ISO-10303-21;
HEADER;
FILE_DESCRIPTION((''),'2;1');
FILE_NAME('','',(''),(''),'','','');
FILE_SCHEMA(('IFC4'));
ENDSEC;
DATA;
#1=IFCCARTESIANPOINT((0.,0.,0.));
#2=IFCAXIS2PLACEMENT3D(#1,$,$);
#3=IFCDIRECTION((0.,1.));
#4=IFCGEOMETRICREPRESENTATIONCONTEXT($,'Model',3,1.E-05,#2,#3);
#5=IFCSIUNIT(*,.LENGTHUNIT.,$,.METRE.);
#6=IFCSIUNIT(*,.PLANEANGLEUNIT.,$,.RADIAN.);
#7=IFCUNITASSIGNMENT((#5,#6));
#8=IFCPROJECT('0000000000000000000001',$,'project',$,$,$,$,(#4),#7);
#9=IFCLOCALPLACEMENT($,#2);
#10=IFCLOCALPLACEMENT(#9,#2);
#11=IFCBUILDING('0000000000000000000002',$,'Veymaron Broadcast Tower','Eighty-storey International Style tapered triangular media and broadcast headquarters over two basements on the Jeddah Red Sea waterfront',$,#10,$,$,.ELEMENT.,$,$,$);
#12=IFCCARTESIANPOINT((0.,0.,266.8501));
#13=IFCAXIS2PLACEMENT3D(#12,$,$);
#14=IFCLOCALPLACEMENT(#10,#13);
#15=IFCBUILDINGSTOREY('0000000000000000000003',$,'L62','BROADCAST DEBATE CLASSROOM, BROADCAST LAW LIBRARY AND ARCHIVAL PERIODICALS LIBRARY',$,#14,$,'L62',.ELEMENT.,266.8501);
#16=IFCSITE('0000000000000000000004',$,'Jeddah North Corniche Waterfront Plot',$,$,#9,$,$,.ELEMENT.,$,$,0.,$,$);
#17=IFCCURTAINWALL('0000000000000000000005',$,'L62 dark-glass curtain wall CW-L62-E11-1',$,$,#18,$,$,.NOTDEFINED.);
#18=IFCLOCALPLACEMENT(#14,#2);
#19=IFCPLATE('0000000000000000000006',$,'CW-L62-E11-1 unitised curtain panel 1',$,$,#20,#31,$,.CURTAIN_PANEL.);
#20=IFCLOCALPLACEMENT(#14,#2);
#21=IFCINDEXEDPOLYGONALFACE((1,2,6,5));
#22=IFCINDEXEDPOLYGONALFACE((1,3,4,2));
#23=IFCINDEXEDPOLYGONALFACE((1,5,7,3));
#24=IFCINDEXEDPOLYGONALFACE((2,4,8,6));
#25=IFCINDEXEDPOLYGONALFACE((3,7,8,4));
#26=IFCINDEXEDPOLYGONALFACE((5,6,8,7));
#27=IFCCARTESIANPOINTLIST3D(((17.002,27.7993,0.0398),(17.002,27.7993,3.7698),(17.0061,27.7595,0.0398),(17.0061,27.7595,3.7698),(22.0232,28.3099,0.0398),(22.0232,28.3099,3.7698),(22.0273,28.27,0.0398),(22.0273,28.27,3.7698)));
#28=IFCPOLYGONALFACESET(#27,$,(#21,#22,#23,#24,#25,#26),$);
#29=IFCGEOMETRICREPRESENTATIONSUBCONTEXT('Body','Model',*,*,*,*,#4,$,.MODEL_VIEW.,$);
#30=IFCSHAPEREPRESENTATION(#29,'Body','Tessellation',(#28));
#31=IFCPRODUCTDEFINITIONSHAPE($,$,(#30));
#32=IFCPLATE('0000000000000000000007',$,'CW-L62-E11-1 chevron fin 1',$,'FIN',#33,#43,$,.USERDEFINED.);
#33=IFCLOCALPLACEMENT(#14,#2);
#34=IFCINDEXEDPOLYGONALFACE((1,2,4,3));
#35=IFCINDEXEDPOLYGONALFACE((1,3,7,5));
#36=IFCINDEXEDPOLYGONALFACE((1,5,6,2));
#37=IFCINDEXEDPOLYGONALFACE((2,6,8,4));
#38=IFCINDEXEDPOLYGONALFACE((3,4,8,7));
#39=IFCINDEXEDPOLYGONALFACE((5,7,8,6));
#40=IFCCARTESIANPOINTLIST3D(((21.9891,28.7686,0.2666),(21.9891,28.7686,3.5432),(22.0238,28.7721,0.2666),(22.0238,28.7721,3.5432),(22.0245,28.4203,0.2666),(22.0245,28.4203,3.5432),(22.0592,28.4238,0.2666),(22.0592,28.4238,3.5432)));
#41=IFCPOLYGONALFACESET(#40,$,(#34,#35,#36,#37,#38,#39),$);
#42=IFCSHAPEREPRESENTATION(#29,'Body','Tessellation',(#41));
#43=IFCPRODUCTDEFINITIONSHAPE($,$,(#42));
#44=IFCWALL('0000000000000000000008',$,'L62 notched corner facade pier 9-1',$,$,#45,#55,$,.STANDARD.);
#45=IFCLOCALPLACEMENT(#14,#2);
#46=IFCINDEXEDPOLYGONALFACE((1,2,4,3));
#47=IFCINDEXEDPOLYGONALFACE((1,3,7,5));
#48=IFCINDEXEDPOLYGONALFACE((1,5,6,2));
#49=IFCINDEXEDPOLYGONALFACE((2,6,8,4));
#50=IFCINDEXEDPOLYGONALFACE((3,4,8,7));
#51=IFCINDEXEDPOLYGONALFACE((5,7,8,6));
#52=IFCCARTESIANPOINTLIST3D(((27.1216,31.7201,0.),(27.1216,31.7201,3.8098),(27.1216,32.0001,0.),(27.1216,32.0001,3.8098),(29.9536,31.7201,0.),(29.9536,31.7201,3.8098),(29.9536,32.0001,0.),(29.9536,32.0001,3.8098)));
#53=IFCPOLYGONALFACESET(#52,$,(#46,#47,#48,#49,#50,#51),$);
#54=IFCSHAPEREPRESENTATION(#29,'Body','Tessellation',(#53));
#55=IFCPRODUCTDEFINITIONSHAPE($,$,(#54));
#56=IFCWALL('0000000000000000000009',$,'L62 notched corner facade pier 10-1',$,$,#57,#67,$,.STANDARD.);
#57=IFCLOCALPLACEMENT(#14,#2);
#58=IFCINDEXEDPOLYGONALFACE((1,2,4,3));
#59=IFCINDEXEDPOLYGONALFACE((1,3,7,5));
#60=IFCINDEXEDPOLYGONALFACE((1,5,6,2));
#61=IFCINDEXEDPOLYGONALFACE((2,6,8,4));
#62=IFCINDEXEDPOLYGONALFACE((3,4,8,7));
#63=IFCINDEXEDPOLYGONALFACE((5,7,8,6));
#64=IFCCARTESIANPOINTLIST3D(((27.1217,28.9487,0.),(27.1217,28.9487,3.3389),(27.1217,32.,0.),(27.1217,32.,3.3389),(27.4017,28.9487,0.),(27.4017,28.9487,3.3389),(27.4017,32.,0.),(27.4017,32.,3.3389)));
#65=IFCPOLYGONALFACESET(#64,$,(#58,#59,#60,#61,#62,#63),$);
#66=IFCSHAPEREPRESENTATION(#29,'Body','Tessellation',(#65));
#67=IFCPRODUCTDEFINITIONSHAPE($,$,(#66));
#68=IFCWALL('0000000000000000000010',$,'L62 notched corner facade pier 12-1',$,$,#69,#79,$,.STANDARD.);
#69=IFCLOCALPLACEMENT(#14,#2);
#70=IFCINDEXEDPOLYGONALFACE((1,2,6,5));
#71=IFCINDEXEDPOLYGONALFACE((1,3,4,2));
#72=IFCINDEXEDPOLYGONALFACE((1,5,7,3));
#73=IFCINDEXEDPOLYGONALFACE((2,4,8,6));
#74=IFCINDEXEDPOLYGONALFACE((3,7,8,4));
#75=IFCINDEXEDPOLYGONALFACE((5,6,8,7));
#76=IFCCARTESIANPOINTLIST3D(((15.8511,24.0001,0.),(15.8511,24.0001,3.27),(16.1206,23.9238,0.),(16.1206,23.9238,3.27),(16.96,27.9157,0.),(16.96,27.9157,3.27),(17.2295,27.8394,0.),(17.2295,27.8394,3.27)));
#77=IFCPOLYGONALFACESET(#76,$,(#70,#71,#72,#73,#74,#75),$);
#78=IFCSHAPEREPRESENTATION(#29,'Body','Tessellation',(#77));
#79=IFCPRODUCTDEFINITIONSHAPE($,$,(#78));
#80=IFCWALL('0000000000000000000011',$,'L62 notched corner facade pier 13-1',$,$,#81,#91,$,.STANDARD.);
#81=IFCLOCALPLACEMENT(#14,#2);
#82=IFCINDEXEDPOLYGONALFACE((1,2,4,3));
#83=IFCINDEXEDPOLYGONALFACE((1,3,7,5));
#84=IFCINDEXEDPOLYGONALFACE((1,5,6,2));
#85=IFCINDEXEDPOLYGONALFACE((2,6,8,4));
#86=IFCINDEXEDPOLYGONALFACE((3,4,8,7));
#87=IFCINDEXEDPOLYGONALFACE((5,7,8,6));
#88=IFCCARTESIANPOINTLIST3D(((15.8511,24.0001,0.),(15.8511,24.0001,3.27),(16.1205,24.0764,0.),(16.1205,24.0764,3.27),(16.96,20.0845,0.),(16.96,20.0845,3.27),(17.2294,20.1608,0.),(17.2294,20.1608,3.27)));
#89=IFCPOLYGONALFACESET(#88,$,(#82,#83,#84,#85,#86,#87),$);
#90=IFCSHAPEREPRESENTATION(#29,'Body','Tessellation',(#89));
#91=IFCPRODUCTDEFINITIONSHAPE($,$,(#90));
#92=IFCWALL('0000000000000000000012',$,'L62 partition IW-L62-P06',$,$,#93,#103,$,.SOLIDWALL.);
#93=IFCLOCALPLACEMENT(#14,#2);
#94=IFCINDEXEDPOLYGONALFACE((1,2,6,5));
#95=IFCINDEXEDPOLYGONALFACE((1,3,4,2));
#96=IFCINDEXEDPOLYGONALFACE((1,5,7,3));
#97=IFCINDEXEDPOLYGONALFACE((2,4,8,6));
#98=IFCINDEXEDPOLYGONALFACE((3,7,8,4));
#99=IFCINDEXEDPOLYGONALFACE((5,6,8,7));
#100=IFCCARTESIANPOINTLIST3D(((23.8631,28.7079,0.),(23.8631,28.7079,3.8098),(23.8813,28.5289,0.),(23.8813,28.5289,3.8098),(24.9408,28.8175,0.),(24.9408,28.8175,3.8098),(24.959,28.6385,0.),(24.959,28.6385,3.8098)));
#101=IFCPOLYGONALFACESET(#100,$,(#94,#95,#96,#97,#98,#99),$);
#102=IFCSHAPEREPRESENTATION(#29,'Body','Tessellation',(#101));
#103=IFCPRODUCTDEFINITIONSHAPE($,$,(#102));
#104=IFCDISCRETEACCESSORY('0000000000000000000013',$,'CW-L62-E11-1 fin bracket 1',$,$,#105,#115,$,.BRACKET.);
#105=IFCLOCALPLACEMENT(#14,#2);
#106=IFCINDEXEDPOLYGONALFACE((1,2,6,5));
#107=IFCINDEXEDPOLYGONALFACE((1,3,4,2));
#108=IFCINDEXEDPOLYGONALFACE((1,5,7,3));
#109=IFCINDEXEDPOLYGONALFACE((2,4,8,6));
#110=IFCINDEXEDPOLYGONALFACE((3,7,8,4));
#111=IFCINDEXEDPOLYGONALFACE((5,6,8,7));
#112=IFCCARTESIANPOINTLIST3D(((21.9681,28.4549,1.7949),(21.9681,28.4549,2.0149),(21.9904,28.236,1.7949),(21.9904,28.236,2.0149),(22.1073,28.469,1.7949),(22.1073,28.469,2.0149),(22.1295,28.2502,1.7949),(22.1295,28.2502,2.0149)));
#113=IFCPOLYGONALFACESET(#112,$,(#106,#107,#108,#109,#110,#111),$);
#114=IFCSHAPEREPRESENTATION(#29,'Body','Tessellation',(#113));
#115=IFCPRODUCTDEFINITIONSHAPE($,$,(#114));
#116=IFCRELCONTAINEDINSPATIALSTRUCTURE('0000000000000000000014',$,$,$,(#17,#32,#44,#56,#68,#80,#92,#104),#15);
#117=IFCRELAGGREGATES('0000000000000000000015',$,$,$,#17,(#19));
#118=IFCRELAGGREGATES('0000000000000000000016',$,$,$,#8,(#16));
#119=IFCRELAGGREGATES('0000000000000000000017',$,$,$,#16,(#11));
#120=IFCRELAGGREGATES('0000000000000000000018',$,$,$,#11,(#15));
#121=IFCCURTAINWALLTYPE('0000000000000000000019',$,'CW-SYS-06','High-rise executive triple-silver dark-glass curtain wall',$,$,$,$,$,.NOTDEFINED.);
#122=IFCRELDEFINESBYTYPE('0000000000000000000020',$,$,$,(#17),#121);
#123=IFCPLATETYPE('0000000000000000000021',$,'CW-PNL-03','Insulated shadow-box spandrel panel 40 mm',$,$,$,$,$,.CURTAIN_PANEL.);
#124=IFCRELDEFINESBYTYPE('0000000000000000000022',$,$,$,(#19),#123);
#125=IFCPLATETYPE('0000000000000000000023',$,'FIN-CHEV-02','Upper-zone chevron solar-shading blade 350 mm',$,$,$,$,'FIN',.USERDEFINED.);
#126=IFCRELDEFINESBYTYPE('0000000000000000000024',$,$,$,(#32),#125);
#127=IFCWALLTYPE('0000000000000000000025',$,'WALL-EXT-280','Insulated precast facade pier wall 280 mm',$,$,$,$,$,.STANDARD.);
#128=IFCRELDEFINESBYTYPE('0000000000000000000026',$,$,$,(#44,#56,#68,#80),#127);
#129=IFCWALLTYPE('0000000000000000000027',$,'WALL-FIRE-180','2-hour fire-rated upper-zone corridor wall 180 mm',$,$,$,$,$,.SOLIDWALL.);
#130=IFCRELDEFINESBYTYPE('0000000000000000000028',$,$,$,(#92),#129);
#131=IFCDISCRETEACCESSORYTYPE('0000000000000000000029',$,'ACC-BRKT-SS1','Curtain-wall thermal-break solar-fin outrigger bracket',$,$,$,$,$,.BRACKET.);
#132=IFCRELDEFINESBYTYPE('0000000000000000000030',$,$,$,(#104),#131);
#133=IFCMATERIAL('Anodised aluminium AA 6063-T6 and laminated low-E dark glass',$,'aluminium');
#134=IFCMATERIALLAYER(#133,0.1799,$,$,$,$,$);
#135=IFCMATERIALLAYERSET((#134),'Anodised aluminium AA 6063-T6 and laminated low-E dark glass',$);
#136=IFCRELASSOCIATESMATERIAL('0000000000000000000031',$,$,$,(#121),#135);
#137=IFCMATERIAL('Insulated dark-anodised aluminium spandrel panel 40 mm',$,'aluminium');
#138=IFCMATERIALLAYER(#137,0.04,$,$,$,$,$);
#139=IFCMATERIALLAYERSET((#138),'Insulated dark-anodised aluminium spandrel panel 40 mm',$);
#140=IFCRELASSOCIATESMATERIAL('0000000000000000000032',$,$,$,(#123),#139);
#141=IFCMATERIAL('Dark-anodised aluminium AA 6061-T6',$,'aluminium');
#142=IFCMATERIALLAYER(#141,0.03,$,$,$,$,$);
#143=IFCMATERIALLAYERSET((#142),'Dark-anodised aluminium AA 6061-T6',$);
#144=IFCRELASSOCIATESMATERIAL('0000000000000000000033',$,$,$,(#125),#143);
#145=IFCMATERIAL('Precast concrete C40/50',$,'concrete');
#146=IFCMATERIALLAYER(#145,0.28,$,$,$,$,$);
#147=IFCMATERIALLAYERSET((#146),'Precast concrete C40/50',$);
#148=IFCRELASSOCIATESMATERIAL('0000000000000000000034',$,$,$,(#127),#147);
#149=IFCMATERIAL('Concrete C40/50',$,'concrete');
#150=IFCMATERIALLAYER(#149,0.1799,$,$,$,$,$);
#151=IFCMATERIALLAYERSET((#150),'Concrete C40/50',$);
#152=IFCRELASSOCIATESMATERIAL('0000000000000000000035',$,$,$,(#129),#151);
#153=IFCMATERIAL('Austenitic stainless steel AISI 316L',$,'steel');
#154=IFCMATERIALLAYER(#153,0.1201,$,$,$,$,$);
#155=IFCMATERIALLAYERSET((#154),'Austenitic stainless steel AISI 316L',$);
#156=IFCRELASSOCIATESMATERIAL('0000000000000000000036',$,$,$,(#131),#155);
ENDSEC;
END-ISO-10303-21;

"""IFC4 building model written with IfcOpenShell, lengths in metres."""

from ifc_helpers import new_model, si_unit, direction, frame, frame_2d, origin, origin_2d, place, context, subcontext, project, spatial, rectangle, extrude, material, layer, layer_set, type_object, element, aggregate, save


model = new_model("IFC4")

# Units and contexts
model_context = context("Model", 3, precision=1e-05, world=origin(), true_north=direction((0.0, 1.0)))
body_context = subcontext(model_context, "Body", "Model", "MODEL_VIEW")
ifc_project = project(units=[si_unit("LENGTHUNIT", "METRE"), si_unit("PLANEANGLEUNIT", "RADIAN")], contexts=[model_context])

# Site, building, storey
site_placement = place(None, origin())
site = spatial("IfcSite", under=ifc_project, at=site_placement, Name="Jeddah North Corniche Waterfront Plot", CompositionType="ELEMENT", RefElevation=0.0)
building_placement = place(site_placement, origin())
building = spatial("IfcBuilding", under=site, at=building_placement, Name="Veymaron Broadcast Tower", Description="Eighty-storey International Style tapered triangular media and broadcast headquarters over two basements on the Jeddah Red Sea waterfront", CompositionType="ELEMENT")
storey_placement = place(building_placement, frame((0.0, 0.0, 266.8501)))
storey = spatial("IfcBuildingStorey", under=building, at=storey_placement, Name="L62", Description="BROADCAST DEBATE CLASSROOM, BROADCAST LAW LIBRARY AND ARCHIVAL PERIODICALS LIBRARY", LongName="L62", CompositionType="ELEMENT", Elevation=266.8501)

# Shared definitions
ifc_material_1 = material(Name="Anodised aluminium AA 6063-T6 and laminated low-E dark glass", Category="aluminium")
ifc_layer_1 = layer(ifc_material_1, 0.1799)
ifc_layer_set_1 = layer_set([ifc_layer_1], Name="Anodised aluminium AA 6063-T6 and laminated low-E dark glass")
curtain_wall_type = type_object("IfcCurtainWallType", Name="CW-SYS-06", Description="High-rise executive triple-silver dark-glass curtain wall", PredefinedType="NOTDEFINED", material=ifc_layer_set_1)

# Curtain wall
curtain_wall_1_placement = place(storey_placement, origin())
curtain_wall_1 = element("IfcCurtainWall", 1, at=curtain_wall_1_placement, inside=storey, type_object=curtain_wall_type, Name="L62 dark-glass curtain wall CW-L62-E11-1", PredefinedType="NOTDEFINED")

# Plates
ifc_material_2 = material(Name="Insulated dark-anodised aluminium spandrel panel 40 mm", Category="aluminium")
ifc_layer_2 = layer(ifc_material_2, 0.04)
ifc_layer_set_2 = layer_set([ifc_layer_2], Name="Insulated dark-anodised aluminium spandrel panel 40 mm")
plate_type_1 = type_object("IfcPlateType", Name="CW-PNL-03", Description="Insulated shadow-box spandrel panel 40 mm", PredefinedType="CURTAIN_PANEL", material=ifc_layer_set_2)
plate_1_placement = place(storey_placement, frame((19.5146, 28.0347, 0.0398), z_axis=(0.0, 0.0, 1.0), x_axis=(-0.99487, -0.10116, 0.0)))
plate_1 = element("IfcPlate", 2, at=plate_1_placement, type_object=plate_type_1, Name="CW-L62-E11-1 unitised curtain panel 1", PredefinedType="CURTAIN_PANEL", context=body_context, shape_type="SweptSolid", body=[
    extrude(rectangle(XDim=5.0471, YDim=0.04, at=origin_2d()), origin(), (0.0, 0.0, 1.0), 3.73),
])
aggregate(curtain_wall_1, [plate_1])
ifc_material_3 = material(Name="Dark-anodised aluminium AA 6061-T6", Category="aluminium")
ifc_layer_3 = layer(ifc_material_3, 0.03)
ifc_layer_set_3 = layer_set([ifc_layer_3], Name="Dark-anodised aluminium AA 6061-T6")
plate_type_2 = type_object("IfcPlateType", Name="FIN-CHEV-02", Description="Upper-zone chevron solar-shading blade 350 mm", ElementType="FIN", PredefinedType="USERDEFINED", material=ifc_layer_set_3)
plate_2_placement = place(storey_placement, frame((22.0242, 28.5962, 0.2666), z_axis=(0.0, 0.0, 1.0), x_axis=(-0.10116, 0.99487, 0.0)))
element("IfcPlate", 3, at=plate_2_placement, inside=storey, type_object=plate_type_2, Name="CW-L62-E11-1 chevron fin 1", ObjectType="FIN", PredefinedType="USERDEFINED", context=body_context, shape_type="SweptSolid", body=[
    extrude(rectangle(XDim=0.3501, YDim=0.0349, at=origin_2d()), origin(), (0.0, 0.0, 1.0), 3.2766),
])

# Walls
ifc_material_4 = material(Name="Precast concrete C40/50", Category="concrete")
ifc_layer_4 = layer(ifc_material_4, 0.28)
ifc_layer_set_4 = layer_set([ifc_layer_4], Name="Precast concrete C40/50")
wall_type_1 = type_object("IfcWallType", Name="WALL-EXT-280", Description="Insulated precast facade pier wall 280 mm", PredefinedType="STANDARD", material=ifc_layer_set_4)
wall_1_placement = place(storey_placement, frame((29.9536, 31.8601, 0.0), z_axis=(0.0, 0.0, 1.0), x_axis=(-1.0, 0.0, 0.0)))
element("IfcWall", 4, at=wall_1_placement, inside=storey, type_object=wall_type_1, Name="L62 notched corner facade pier 9-1", PredefinedType="STANDARD", context=body_context, shape_type="SweptSolid", body=[
    extrude(rectangle(XDim=2.832, YDim=0.28, at=frame_2d((1.416, 0.0))), origin(), (0.0, 0.0, 1.0), 3.8098),
])
wall_2_placement = place(storey_placement, frame((27.2617, 32.0, 0.0), z_axis=(0.0, 0.0, 1.0), x_axis=(0.0, -1.0, 0.0)))
element("IfcWall", 5, at=wall_2_placement, inside=storey, type_object=wall_type_1, Name="L62 notched corner facade pier 10-1", PredefinedType="STANDARD", context=body_context, shape_type="SweptSolid", body=[
    extrude(rectangle(XDim=3.0513, YDim=0.28, at=frame_2d((1.5256, 0.0))), origin(), (0.0, 0.0, 1.0), 3.3389),
])
for number, where, z_axis, x_axis, name in (
    (6, (17.0947, 27.8774, 0.0), (0.0, 0.0, 1.0), (-0.272486, -0.96216, 0.0), "L62 notched corner facade pier 12-1"),
    (7, (15.9858, 24.0381, 0.0), (0.0, 0.0, 1.0), (0.272486, -0.96216, 0.0), "L62 notched corner facade pier 13-1"),
):
    element("IfcWall", number, at=place(storey_placement, frame(where, z_axis=z_axis, x_axis=x_axis)), inside=storey, type_object=wall_type_1, Name=name, PredefinedType="STANDARD", context=body_context, shape_type="SweptSolid", body=[
        extrude(rectangle(XDim=4.0696, YDim=0.28, at=frame_2d((2.0347, 0.0))), origin(), (0.0, 0.0, 1.0), 3.27),
    ])
ifc_material_5 = material(Name="Concrete C40/50", Category="concrete")
ifc_layer_5 = layer(ifc_material_5, 0.1799)
ifc_layer_set_5 = layer_set([ifc_layer_5], Name="Concrete C40/50")
wall_type_2 = type_object("IfcWallType", Name="WALL-FIRE-180", Description="2-hour fire-rated upper-zone corridor wall 180 mm", PredefinedType="SOLIDWALL", material=ifc_layer_set_5)
wall_3_placement = place(storey_placement, frame((23.8723, 28.6184, 0.0), z_axis=(0.0, 0.0, 1.0), x_axis=(0.994866, 0.1012, 0.0)))
element("IfcWall", 8, at=wall_3_placement, inside=storey, type_object=wall_type_2, Name="L62 partition IW-L62-P06", PredefinedType="SOLIDWALL", context=body_context, shape_type="SweptSolid", body=[
    extrude(rectangle(XDim=1.0833, YDim=0.1799, at=frame_2d((0.5415, 0.0))), origin(), (0.0, 0.0, 1.0), 3.8098),
])

# Discrete accessory
ifc_material_6 = material(Name="Austenitic stainless steel AISI 316L", Category="steel")
ifc_layer_6 = layer(ifc_material_6, 0.1201)
ifc_layer_set_6 = layer_set([ifc_layer_6], Name="Austenitic stainless steel AISI 316L")
discrete_accessory_type = type_object("IfcDiscreteAccessoryType", Name="ACC-BRKT-SS1", Description="Curtain-wall thermal-break solar-fin outrigger bracket", PredefinedType="BRACKET", material=ifc_layer_set_6)
discrete_accessory_placement = place(storey_placement, frame((22.0488, 28.3525, 1.7949), z_axis=(0.0, 0.0, 1.0), x_axis=(-0.10116, 0.99487, 0.0)))
element("IfcDiscreteAccessory", 9, at=discrete_accessory_placement, inside=storey, type_object=discrete_accessory_type, Name="CW-L62-E11-1 fin bracket 1", PredefinedType="BRACKET", context=body_context, shape_type="SweptSolid", body=[
    extrude(rectangle(XDim=0.22, YDim=0.1399, at=origin_2d()), origin(), (0.0, 0.0, 1.0), 0.22),
])

save(model, "model.ifc")
